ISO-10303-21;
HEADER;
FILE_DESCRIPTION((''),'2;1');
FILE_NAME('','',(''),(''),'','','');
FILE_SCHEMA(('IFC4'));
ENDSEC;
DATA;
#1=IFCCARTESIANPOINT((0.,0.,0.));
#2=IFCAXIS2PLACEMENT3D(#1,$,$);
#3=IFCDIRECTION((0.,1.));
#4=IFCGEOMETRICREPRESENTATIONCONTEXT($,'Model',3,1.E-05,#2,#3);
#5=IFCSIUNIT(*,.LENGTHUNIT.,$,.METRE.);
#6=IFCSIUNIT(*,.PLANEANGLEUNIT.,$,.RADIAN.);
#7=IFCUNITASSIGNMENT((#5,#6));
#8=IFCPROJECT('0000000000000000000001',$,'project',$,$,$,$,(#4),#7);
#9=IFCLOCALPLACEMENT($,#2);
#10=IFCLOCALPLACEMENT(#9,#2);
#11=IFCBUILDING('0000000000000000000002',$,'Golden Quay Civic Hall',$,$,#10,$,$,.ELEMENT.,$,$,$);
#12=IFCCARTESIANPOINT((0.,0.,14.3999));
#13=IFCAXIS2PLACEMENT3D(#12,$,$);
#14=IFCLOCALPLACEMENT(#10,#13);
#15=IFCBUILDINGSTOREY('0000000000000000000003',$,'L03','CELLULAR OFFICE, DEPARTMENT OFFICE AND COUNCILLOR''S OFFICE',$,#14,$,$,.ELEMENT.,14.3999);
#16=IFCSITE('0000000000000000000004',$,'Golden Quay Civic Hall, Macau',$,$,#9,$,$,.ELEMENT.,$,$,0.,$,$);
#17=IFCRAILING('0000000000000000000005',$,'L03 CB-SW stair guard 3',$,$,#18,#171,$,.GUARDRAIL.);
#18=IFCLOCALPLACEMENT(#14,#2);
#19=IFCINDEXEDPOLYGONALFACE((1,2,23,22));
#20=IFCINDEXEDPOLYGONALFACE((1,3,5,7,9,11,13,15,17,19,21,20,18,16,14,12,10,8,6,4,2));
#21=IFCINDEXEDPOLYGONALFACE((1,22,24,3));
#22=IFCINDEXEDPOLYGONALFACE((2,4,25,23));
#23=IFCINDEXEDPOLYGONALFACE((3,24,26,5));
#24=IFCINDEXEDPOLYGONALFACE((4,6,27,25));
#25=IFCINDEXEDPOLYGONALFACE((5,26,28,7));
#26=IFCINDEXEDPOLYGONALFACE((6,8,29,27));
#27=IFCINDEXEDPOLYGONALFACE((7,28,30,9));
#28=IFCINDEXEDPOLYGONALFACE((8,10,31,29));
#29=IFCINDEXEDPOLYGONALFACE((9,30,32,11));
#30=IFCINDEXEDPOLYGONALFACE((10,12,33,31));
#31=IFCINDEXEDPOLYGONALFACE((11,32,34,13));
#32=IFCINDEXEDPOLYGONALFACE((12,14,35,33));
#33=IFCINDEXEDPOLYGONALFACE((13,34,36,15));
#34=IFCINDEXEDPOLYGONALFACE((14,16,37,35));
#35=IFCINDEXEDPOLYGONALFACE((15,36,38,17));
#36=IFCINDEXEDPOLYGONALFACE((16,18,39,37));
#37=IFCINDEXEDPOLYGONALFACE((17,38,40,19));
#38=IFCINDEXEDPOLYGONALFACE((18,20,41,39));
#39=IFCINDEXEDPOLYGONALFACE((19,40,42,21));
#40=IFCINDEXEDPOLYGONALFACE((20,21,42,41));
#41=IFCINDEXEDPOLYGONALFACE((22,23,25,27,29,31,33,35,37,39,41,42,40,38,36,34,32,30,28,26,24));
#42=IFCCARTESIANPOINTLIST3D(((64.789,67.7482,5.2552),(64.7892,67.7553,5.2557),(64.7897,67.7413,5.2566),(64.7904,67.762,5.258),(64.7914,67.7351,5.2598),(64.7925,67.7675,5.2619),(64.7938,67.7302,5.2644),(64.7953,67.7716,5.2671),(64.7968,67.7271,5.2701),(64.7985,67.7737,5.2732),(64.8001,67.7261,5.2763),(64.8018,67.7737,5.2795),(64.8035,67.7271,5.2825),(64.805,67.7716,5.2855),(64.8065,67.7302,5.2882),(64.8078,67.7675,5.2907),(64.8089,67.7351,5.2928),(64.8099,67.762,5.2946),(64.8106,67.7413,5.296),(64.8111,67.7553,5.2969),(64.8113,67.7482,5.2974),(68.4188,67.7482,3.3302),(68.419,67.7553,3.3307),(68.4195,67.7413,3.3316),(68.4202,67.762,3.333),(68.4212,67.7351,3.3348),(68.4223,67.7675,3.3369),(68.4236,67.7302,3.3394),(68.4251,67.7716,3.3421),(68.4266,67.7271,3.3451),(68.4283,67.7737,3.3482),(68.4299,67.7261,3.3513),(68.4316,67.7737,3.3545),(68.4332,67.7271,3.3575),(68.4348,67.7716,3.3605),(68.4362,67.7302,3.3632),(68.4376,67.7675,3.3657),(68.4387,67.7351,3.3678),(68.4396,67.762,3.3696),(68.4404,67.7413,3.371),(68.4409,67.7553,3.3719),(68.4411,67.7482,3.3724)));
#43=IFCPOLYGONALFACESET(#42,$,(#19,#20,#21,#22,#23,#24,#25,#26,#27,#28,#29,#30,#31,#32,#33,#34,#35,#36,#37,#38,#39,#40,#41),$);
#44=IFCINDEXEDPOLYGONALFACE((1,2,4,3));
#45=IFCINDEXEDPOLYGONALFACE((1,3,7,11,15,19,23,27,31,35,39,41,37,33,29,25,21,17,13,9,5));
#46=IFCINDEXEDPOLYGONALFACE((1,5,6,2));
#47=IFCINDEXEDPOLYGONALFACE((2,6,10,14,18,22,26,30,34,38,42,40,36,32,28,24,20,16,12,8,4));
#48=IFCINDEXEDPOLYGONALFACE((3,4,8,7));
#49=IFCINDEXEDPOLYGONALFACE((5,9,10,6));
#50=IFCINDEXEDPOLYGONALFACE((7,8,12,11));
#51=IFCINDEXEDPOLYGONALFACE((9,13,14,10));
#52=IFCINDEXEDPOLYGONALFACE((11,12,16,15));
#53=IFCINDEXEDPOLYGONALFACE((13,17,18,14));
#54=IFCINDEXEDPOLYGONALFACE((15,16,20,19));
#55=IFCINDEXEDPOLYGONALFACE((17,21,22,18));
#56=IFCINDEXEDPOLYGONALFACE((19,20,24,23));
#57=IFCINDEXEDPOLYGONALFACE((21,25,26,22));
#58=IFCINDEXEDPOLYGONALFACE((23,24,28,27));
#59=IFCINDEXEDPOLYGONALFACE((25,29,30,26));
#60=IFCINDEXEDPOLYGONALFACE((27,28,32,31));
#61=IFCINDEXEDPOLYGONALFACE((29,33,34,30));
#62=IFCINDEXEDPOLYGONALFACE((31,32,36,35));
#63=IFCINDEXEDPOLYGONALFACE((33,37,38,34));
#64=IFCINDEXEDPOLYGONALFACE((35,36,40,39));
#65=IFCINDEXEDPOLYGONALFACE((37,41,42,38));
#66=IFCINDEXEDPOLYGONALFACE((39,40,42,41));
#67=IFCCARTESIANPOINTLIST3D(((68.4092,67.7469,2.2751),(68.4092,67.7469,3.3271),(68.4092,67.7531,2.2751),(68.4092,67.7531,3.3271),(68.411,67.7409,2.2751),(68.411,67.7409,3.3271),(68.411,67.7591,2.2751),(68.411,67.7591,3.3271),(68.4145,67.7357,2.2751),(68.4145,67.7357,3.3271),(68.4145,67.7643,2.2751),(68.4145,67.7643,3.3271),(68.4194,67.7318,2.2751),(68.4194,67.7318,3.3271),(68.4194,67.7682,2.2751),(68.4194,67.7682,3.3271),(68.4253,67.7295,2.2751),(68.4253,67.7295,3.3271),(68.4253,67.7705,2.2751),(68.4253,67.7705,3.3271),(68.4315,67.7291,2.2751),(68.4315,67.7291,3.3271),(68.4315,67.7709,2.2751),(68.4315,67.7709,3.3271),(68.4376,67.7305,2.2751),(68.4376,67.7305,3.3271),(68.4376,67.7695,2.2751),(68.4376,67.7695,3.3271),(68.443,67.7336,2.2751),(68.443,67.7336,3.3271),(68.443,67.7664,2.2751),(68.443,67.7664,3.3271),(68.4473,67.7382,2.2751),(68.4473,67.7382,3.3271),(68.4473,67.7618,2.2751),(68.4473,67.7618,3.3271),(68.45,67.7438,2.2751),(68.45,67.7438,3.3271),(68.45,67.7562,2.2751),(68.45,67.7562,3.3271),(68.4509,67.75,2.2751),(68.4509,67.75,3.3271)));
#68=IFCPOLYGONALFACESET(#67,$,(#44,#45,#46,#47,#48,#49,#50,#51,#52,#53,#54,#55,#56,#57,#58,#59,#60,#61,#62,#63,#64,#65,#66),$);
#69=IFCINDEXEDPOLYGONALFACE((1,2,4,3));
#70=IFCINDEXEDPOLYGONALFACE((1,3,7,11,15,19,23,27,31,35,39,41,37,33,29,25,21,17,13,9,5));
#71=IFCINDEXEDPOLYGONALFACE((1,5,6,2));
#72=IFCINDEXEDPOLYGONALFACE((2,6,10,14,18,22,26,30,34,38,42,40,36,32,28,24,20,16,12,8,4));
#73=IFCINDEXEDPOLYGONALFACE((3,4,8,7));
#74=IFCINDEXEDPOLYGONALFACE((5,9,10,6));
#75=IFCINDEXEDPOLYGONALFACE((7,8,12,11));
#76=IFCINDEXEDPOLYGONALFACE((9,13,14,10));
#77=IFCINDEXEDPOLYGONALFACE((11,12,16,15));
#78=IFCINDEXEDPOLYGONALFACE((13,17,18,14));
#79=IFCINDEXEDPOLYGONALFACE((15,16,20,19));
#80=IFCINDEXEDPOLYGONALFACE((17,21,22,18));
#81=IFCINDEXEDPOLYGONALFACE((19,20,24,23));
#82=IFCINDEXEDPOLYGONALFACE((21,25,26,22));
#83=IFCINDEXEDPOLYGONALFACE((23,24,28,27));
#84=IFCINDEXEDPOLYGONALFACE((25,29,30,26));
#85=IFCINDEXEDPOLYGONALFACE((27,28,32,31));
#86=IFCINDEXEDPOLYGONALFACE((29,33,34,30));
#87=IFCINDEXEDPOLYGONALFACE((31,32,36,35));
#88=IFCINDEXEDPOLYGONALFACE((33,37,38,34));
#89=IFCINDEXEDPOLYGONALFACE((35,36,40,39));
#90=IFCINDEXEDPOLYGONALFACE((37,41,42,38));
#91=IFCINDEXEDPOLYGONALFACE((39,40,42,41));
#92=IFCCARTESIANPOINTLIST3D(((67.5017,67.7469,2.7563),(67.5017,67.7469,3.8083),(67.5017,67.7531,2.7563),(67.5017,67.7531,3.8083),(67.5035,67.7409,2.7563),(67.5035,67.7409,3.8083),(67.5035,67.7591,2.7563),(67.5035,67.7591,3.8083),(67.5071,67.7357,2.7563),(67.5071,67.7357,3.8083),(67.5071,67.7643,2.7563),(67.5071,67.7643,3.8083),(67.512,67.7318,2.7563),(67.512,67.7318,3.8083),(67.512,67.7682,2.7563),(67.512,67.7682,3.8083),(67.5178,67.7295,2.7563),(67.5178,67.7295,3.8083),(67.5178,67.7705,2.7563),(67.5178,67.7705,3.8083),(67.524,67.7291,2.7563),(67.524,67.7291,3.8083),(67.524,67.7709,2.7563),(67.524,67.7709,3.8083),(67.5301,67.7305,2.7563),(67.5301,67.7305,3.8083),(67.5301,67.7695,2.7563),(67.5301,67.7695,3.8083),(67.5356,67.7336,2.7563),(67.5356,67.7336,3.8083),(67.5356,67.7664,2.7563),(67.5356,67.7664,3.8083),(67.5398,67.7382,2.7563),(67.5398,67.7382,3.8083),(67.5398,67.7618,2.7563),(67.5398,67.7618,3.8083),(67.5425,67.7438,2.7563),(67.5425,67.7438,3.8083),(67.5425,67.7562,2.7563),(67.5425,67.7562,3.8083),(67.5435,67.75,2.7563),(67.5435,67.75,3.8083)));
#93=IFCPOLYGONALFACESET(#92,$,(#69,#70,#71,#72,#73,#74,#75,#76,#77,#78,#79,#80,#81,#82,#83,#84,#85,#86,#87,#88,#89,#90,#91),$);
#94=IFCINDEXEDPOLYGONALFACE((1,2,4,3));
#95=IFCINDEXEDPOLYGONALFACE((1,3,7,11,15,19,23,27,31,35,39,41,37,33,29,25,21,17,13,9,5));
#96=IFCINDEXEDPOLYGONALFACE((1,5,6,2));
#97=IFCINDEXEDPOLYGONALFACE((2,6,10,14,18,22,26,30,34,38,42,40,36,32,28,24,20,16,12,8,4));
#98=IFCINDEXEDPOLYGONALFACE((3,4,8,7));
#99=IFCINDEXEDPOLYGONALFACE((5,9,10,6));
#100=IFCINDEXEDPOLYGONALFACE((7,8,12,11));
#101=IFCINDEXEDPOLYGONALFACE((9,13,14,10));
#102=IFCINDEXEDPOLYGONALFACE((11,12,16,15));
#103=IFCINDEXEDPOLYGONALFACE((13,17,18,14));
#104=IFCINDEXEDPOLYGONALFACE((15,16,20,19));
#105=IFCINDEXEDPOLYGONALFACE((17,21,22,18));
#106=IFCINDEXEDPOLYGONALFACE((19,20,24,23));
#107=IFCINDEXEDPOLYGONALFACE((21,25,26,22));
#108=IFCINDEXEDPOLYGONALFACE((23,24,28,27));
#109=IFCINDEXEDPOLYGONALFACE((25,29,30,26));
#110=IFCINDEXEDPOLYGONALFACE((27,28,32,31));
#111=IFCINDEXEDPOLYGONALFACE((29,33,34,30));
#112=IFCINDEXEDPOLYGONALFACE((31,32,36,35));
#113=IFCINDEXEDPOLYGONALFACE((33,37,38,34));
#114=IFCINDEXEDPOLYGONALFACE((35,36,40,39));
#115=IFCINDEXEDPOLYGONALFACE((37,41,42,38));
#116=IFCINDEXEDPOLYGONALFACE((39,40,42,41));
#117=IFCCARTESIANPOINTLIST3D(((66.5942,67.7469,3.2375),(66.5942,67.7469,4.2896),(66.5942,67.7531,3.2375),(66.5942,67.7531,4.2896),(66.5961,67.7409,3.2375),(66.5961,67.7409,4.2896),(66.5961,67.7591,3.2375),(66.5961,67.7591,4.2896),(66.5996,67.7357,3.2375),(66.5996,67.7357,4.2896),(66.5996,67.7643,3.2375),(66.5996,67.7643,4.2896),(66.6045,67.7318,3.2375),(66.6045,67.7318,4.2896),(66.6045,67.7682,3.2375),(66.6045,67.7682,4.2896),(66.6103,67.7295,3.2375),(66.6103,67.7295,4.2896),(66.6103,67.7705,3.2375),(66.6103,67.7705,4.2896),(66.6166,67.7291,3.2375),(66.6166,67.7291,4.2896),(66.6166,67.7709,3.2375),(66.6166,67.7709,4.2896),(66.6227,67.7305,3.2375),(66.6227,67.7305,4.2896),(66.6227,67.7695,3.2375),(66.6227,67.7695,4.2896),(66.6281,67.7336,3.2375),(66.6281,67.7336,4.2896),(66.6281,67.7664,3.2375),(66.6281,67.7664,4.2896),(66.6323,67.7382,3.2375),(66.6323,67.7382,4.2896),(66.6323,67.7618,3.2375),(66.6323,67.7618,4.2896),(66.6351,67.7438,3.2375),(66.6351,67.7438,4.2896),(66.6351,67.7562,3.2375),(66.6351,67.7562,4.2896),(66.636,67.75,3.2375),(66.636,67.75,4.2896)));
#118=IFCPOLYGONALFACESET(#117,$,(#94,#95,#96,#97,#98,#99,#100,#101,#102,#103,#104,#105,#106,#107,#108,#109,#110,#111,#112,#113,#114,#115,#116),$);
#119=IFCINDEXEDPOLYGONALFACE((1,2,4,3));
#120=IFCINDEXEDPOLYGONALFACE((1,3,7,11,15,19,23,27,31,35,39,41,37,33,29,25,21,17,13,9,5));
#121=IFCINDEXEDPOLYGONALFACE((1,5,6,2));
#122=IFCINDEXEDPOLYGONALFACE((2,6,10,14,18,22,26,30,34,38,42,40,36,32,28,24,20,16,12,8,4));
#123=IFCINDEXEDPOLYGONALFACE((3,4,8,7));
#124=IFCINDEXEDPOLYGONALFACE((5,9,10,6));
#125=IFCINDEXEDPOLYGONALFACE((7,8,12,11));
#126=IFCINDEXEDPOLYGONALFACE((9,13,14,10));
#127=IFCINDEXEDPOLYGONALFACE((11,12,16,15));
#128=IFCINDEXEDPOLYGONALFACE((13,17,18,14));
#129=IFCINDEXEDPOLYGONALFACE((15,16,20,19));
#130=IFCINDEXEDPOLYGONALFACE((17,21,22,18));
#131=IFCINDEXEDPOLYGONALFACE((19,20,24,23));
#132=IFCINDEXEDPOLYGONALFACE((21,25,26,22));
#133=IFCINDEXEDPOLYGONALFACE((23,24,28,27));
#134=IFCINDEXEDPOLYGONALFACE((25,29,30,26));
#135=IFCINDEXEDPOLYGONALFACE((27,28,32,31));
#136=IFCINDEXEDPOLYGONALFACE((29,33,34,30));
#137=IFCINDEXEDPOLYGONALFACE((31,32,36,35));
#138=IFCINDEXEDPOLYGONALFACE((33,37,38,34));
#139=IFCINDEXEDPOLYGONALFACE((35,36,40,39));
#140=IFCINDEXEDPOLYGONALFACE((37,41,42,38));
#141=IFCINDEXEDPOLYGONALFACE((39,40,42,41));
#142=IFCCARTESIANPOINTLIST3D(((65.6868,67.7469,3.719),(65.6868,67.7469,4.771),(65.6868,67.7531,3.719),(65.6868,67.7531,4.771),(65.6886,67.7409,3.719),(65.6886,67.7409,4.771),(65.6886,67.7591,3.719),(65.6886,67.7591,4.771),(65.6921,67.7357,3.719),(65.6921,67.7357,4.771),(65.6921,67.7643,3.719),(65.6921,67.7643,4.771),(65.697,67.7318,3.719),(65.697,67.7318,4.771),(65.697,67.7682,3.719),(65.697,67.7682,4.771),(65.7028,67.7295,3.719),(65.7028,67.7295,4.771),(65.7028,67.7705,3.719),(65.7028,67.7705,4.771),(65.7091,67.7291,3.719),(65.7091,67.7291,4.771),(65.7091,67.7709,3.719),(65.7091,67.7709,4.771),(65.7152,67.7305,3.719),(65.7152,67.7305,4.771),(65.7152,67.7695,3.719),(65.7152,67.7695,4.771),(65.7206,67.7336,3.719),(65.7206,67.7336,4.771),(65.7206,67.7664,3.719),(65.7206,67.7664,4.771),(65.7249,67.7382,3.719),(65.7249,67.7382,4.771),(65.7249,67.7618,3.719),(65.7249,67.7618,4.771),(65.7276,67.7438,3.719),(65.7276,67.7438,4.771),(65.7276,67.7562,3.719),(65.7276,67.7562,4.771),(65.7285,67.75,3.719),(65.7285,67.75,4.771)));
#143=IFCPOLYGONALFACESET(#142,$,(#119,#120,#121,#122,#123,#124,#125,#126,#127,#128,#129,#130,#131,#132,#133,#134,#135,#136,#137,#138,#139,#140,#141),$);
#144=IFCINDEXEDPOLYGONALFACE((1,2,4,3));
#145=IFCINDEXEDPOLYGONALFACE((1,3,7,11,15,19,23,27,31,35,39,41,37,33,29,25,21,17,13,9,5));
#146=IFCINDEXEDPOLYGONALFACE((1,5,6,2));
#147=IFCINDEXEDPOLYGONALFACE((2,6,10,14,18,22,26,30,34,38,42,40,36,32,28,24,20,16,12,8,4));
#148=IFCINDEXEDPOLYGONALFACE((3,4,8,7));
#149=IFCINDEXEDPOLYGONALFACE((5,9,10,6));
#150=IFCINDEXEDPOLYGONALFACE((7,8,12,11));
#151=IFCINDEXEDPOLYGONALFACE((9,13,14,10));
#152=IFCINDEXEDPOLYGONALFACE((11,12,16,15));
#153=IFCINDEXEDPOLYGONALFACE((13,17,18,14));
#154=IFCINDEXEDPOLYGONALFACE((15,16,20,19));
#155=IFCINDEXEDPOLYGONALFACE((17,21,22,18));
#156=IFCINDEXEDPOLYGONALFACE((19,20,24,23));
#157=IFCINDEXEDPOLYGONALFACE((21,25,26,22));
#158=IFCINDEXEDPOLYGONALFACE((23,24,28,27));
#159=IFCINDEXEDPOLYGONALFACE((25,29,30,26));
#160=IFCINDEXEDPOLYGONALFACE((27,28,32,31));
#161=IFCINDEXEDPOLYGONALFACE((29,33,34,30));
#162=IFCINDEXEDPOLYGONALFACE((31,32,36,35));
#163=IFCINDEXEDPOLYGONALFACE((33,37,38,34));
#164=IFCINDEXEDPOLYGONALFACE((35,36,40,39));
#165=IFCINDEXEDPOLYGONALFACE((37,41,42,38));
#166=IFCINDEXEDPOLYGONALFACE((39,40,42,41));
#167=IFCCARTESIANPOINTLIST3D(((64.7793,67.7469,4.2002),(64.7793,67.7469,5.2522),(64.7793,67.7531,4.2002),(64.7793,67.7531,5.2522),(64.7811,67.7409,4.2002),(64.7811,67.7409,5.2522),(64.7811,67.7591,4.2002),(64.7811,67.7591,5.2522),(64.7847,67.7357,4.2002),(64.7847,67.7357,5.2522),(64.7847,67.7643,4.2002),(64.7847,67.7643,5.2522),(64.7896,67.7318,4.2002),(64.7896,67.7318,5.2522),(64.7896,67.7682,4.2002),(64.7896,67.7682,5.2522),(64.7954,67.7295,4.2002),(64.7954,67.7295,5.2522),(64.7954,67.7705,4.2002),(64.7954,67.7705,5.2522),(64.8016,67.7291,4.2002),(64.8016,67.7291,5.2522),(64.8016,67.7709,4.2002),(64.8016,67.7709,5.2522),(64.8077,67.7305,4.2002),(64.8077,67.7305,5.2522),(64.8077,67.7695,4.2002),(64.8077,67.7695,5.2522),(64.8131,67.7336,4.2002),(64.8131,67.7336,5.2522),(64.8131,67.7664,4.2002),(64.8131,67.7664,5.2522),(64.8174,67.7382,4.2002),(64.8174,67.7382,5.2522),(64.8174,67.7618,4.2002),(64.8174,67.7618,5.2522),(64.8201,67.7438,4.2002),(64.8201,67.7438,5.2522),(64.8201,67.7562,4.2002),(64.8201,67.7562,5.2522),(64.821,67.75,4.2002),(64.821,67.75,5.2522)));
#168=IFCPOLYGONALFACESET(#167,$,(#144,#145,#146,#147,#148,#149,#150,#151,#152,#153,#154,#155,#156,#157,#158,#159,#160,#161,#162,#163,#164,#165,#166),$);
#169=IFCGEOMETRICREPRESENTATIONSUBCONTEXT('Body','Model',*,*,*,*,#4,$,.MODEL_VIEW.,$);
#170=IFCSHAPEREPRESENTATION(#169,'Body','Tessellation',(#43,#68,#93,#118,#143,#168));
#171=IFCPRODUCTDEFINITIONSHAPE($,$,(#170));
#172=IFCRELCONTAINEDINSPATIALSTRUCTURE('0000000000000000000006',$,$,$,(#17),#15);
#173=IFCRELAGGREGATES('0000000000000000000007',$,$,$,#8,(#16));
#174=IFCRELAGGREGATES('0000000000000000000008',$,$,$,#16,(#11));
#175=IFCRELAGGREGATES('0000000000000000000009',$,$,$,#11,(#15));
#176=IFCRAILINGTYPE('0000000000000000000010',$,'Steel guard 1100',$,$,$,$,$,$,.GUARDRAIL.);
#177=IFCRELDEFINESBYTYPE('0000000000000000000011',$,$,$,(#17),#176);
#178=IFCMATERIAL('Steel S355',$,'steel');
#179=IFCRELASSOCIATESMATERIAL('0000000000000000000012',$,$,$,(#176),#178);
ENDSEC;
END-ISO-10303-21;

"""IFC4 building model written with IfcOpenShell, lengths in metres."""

from ifc_helpers import new_model, si_unit, direction, frame, origin, origin_2d, place, context, subcontext, project, spatial, circle, extrude, material, type_object, element, save


model = new_model("IFC4")

# Units and contexts
model_context = context("Model", 3, precision=1e-05, world=origin(), true_north=direction((0.0, 1.0)))
body_context = subcontext(model_context, "Body", "Model", "MODEL_VIEW")
ifc_project = project(units=[si_unit("LENGTHUNIT", "METRE"), si_unit("PLANEANGLEUNIT", "RADIAN")], contexts=[model_context])

# Site, building, storey
site_placement = place(None, origin())
site = spatial("IfcSite", under=ifc_project, at=site_placement, Name="Golden Quay Civic Hall, Macau", CompositionType="ELEMENT", RefElevation=0.0)
building_placement = place(site_placement, origin())
building = spatial("IfcBuilding", under=site, at=building_placement, Name="Golden Quay Civic Hall", CompositionType="ELEMENT")
storey_placement = place(building_placement, frame((0.0, 0.0, 14.3999)))
storey = spatial("IfcBuildingStorey", under=building, at=storey_placement, Name="L03", Description="CELLULAR OFFICE, DEPARTMENT OFFICE AND COUNCILLOR'S OFFICE", CompositionType="ELEMENT", Elevation=14.3999)

# Railing
ifc_material_1 = material(Name="Steel S355", Category="steel")
railing_type_1 = type_object("IfcRailingType", Name="Steel guard 1100", PredefinedType="GUARDRAIL", material=ifc_material_1)
railing_1_placement = place(storey_placement, frame((68.4299, 67.75, 2.2751)))
element("IfcRailing", 1, at=railing_1_placement, inside=storey, type_object=railing_type_1, Name="L03 CB-SW stair guard 3", PredefinedType="GUARDRAIL", context=body_context, shape_type="SweptSolid", body=[
    extrude(circle(Radius=0.0239, at=origin_2d()), frame((0.0, 0.0, 1.0762), z_axis=(-0.883451, 0.0, 0.468524), x_axis=(0.0, -1.0, 0.0)), (0.0, 0.0, 1.0), 4.1086),
    extrude(circle(Radius=0.021, at=origin_2d()), origin(), (0.0, 0.0, 1.0), 1.052),
    extrude(circle(Radius=0.021, at=origin_2d()), frame((-0.9075, 0.0, 0.4812)), (0.0, 0.0, 1.0), 1.052),
    extrude(circle(Radius=0.021, at=origin_2d()), frame((-1.8149, 0.0, 0.9624)), (0.0, 0.0, 1.0), 1.052),
    extrude(circle(Radius=0.021, at=origin_2d()), frame((-2.7224, 0.0, 1.4438)), (0.0, 0.0, 1.0), 1.052),
    extrude(circle(Radius=0.021, at=origin_2d()), frame((-3.6299, 0.0, 1.925)), (0.0, 0.0, 1.0), 1.052),
])

save(model, "model.ifc")
